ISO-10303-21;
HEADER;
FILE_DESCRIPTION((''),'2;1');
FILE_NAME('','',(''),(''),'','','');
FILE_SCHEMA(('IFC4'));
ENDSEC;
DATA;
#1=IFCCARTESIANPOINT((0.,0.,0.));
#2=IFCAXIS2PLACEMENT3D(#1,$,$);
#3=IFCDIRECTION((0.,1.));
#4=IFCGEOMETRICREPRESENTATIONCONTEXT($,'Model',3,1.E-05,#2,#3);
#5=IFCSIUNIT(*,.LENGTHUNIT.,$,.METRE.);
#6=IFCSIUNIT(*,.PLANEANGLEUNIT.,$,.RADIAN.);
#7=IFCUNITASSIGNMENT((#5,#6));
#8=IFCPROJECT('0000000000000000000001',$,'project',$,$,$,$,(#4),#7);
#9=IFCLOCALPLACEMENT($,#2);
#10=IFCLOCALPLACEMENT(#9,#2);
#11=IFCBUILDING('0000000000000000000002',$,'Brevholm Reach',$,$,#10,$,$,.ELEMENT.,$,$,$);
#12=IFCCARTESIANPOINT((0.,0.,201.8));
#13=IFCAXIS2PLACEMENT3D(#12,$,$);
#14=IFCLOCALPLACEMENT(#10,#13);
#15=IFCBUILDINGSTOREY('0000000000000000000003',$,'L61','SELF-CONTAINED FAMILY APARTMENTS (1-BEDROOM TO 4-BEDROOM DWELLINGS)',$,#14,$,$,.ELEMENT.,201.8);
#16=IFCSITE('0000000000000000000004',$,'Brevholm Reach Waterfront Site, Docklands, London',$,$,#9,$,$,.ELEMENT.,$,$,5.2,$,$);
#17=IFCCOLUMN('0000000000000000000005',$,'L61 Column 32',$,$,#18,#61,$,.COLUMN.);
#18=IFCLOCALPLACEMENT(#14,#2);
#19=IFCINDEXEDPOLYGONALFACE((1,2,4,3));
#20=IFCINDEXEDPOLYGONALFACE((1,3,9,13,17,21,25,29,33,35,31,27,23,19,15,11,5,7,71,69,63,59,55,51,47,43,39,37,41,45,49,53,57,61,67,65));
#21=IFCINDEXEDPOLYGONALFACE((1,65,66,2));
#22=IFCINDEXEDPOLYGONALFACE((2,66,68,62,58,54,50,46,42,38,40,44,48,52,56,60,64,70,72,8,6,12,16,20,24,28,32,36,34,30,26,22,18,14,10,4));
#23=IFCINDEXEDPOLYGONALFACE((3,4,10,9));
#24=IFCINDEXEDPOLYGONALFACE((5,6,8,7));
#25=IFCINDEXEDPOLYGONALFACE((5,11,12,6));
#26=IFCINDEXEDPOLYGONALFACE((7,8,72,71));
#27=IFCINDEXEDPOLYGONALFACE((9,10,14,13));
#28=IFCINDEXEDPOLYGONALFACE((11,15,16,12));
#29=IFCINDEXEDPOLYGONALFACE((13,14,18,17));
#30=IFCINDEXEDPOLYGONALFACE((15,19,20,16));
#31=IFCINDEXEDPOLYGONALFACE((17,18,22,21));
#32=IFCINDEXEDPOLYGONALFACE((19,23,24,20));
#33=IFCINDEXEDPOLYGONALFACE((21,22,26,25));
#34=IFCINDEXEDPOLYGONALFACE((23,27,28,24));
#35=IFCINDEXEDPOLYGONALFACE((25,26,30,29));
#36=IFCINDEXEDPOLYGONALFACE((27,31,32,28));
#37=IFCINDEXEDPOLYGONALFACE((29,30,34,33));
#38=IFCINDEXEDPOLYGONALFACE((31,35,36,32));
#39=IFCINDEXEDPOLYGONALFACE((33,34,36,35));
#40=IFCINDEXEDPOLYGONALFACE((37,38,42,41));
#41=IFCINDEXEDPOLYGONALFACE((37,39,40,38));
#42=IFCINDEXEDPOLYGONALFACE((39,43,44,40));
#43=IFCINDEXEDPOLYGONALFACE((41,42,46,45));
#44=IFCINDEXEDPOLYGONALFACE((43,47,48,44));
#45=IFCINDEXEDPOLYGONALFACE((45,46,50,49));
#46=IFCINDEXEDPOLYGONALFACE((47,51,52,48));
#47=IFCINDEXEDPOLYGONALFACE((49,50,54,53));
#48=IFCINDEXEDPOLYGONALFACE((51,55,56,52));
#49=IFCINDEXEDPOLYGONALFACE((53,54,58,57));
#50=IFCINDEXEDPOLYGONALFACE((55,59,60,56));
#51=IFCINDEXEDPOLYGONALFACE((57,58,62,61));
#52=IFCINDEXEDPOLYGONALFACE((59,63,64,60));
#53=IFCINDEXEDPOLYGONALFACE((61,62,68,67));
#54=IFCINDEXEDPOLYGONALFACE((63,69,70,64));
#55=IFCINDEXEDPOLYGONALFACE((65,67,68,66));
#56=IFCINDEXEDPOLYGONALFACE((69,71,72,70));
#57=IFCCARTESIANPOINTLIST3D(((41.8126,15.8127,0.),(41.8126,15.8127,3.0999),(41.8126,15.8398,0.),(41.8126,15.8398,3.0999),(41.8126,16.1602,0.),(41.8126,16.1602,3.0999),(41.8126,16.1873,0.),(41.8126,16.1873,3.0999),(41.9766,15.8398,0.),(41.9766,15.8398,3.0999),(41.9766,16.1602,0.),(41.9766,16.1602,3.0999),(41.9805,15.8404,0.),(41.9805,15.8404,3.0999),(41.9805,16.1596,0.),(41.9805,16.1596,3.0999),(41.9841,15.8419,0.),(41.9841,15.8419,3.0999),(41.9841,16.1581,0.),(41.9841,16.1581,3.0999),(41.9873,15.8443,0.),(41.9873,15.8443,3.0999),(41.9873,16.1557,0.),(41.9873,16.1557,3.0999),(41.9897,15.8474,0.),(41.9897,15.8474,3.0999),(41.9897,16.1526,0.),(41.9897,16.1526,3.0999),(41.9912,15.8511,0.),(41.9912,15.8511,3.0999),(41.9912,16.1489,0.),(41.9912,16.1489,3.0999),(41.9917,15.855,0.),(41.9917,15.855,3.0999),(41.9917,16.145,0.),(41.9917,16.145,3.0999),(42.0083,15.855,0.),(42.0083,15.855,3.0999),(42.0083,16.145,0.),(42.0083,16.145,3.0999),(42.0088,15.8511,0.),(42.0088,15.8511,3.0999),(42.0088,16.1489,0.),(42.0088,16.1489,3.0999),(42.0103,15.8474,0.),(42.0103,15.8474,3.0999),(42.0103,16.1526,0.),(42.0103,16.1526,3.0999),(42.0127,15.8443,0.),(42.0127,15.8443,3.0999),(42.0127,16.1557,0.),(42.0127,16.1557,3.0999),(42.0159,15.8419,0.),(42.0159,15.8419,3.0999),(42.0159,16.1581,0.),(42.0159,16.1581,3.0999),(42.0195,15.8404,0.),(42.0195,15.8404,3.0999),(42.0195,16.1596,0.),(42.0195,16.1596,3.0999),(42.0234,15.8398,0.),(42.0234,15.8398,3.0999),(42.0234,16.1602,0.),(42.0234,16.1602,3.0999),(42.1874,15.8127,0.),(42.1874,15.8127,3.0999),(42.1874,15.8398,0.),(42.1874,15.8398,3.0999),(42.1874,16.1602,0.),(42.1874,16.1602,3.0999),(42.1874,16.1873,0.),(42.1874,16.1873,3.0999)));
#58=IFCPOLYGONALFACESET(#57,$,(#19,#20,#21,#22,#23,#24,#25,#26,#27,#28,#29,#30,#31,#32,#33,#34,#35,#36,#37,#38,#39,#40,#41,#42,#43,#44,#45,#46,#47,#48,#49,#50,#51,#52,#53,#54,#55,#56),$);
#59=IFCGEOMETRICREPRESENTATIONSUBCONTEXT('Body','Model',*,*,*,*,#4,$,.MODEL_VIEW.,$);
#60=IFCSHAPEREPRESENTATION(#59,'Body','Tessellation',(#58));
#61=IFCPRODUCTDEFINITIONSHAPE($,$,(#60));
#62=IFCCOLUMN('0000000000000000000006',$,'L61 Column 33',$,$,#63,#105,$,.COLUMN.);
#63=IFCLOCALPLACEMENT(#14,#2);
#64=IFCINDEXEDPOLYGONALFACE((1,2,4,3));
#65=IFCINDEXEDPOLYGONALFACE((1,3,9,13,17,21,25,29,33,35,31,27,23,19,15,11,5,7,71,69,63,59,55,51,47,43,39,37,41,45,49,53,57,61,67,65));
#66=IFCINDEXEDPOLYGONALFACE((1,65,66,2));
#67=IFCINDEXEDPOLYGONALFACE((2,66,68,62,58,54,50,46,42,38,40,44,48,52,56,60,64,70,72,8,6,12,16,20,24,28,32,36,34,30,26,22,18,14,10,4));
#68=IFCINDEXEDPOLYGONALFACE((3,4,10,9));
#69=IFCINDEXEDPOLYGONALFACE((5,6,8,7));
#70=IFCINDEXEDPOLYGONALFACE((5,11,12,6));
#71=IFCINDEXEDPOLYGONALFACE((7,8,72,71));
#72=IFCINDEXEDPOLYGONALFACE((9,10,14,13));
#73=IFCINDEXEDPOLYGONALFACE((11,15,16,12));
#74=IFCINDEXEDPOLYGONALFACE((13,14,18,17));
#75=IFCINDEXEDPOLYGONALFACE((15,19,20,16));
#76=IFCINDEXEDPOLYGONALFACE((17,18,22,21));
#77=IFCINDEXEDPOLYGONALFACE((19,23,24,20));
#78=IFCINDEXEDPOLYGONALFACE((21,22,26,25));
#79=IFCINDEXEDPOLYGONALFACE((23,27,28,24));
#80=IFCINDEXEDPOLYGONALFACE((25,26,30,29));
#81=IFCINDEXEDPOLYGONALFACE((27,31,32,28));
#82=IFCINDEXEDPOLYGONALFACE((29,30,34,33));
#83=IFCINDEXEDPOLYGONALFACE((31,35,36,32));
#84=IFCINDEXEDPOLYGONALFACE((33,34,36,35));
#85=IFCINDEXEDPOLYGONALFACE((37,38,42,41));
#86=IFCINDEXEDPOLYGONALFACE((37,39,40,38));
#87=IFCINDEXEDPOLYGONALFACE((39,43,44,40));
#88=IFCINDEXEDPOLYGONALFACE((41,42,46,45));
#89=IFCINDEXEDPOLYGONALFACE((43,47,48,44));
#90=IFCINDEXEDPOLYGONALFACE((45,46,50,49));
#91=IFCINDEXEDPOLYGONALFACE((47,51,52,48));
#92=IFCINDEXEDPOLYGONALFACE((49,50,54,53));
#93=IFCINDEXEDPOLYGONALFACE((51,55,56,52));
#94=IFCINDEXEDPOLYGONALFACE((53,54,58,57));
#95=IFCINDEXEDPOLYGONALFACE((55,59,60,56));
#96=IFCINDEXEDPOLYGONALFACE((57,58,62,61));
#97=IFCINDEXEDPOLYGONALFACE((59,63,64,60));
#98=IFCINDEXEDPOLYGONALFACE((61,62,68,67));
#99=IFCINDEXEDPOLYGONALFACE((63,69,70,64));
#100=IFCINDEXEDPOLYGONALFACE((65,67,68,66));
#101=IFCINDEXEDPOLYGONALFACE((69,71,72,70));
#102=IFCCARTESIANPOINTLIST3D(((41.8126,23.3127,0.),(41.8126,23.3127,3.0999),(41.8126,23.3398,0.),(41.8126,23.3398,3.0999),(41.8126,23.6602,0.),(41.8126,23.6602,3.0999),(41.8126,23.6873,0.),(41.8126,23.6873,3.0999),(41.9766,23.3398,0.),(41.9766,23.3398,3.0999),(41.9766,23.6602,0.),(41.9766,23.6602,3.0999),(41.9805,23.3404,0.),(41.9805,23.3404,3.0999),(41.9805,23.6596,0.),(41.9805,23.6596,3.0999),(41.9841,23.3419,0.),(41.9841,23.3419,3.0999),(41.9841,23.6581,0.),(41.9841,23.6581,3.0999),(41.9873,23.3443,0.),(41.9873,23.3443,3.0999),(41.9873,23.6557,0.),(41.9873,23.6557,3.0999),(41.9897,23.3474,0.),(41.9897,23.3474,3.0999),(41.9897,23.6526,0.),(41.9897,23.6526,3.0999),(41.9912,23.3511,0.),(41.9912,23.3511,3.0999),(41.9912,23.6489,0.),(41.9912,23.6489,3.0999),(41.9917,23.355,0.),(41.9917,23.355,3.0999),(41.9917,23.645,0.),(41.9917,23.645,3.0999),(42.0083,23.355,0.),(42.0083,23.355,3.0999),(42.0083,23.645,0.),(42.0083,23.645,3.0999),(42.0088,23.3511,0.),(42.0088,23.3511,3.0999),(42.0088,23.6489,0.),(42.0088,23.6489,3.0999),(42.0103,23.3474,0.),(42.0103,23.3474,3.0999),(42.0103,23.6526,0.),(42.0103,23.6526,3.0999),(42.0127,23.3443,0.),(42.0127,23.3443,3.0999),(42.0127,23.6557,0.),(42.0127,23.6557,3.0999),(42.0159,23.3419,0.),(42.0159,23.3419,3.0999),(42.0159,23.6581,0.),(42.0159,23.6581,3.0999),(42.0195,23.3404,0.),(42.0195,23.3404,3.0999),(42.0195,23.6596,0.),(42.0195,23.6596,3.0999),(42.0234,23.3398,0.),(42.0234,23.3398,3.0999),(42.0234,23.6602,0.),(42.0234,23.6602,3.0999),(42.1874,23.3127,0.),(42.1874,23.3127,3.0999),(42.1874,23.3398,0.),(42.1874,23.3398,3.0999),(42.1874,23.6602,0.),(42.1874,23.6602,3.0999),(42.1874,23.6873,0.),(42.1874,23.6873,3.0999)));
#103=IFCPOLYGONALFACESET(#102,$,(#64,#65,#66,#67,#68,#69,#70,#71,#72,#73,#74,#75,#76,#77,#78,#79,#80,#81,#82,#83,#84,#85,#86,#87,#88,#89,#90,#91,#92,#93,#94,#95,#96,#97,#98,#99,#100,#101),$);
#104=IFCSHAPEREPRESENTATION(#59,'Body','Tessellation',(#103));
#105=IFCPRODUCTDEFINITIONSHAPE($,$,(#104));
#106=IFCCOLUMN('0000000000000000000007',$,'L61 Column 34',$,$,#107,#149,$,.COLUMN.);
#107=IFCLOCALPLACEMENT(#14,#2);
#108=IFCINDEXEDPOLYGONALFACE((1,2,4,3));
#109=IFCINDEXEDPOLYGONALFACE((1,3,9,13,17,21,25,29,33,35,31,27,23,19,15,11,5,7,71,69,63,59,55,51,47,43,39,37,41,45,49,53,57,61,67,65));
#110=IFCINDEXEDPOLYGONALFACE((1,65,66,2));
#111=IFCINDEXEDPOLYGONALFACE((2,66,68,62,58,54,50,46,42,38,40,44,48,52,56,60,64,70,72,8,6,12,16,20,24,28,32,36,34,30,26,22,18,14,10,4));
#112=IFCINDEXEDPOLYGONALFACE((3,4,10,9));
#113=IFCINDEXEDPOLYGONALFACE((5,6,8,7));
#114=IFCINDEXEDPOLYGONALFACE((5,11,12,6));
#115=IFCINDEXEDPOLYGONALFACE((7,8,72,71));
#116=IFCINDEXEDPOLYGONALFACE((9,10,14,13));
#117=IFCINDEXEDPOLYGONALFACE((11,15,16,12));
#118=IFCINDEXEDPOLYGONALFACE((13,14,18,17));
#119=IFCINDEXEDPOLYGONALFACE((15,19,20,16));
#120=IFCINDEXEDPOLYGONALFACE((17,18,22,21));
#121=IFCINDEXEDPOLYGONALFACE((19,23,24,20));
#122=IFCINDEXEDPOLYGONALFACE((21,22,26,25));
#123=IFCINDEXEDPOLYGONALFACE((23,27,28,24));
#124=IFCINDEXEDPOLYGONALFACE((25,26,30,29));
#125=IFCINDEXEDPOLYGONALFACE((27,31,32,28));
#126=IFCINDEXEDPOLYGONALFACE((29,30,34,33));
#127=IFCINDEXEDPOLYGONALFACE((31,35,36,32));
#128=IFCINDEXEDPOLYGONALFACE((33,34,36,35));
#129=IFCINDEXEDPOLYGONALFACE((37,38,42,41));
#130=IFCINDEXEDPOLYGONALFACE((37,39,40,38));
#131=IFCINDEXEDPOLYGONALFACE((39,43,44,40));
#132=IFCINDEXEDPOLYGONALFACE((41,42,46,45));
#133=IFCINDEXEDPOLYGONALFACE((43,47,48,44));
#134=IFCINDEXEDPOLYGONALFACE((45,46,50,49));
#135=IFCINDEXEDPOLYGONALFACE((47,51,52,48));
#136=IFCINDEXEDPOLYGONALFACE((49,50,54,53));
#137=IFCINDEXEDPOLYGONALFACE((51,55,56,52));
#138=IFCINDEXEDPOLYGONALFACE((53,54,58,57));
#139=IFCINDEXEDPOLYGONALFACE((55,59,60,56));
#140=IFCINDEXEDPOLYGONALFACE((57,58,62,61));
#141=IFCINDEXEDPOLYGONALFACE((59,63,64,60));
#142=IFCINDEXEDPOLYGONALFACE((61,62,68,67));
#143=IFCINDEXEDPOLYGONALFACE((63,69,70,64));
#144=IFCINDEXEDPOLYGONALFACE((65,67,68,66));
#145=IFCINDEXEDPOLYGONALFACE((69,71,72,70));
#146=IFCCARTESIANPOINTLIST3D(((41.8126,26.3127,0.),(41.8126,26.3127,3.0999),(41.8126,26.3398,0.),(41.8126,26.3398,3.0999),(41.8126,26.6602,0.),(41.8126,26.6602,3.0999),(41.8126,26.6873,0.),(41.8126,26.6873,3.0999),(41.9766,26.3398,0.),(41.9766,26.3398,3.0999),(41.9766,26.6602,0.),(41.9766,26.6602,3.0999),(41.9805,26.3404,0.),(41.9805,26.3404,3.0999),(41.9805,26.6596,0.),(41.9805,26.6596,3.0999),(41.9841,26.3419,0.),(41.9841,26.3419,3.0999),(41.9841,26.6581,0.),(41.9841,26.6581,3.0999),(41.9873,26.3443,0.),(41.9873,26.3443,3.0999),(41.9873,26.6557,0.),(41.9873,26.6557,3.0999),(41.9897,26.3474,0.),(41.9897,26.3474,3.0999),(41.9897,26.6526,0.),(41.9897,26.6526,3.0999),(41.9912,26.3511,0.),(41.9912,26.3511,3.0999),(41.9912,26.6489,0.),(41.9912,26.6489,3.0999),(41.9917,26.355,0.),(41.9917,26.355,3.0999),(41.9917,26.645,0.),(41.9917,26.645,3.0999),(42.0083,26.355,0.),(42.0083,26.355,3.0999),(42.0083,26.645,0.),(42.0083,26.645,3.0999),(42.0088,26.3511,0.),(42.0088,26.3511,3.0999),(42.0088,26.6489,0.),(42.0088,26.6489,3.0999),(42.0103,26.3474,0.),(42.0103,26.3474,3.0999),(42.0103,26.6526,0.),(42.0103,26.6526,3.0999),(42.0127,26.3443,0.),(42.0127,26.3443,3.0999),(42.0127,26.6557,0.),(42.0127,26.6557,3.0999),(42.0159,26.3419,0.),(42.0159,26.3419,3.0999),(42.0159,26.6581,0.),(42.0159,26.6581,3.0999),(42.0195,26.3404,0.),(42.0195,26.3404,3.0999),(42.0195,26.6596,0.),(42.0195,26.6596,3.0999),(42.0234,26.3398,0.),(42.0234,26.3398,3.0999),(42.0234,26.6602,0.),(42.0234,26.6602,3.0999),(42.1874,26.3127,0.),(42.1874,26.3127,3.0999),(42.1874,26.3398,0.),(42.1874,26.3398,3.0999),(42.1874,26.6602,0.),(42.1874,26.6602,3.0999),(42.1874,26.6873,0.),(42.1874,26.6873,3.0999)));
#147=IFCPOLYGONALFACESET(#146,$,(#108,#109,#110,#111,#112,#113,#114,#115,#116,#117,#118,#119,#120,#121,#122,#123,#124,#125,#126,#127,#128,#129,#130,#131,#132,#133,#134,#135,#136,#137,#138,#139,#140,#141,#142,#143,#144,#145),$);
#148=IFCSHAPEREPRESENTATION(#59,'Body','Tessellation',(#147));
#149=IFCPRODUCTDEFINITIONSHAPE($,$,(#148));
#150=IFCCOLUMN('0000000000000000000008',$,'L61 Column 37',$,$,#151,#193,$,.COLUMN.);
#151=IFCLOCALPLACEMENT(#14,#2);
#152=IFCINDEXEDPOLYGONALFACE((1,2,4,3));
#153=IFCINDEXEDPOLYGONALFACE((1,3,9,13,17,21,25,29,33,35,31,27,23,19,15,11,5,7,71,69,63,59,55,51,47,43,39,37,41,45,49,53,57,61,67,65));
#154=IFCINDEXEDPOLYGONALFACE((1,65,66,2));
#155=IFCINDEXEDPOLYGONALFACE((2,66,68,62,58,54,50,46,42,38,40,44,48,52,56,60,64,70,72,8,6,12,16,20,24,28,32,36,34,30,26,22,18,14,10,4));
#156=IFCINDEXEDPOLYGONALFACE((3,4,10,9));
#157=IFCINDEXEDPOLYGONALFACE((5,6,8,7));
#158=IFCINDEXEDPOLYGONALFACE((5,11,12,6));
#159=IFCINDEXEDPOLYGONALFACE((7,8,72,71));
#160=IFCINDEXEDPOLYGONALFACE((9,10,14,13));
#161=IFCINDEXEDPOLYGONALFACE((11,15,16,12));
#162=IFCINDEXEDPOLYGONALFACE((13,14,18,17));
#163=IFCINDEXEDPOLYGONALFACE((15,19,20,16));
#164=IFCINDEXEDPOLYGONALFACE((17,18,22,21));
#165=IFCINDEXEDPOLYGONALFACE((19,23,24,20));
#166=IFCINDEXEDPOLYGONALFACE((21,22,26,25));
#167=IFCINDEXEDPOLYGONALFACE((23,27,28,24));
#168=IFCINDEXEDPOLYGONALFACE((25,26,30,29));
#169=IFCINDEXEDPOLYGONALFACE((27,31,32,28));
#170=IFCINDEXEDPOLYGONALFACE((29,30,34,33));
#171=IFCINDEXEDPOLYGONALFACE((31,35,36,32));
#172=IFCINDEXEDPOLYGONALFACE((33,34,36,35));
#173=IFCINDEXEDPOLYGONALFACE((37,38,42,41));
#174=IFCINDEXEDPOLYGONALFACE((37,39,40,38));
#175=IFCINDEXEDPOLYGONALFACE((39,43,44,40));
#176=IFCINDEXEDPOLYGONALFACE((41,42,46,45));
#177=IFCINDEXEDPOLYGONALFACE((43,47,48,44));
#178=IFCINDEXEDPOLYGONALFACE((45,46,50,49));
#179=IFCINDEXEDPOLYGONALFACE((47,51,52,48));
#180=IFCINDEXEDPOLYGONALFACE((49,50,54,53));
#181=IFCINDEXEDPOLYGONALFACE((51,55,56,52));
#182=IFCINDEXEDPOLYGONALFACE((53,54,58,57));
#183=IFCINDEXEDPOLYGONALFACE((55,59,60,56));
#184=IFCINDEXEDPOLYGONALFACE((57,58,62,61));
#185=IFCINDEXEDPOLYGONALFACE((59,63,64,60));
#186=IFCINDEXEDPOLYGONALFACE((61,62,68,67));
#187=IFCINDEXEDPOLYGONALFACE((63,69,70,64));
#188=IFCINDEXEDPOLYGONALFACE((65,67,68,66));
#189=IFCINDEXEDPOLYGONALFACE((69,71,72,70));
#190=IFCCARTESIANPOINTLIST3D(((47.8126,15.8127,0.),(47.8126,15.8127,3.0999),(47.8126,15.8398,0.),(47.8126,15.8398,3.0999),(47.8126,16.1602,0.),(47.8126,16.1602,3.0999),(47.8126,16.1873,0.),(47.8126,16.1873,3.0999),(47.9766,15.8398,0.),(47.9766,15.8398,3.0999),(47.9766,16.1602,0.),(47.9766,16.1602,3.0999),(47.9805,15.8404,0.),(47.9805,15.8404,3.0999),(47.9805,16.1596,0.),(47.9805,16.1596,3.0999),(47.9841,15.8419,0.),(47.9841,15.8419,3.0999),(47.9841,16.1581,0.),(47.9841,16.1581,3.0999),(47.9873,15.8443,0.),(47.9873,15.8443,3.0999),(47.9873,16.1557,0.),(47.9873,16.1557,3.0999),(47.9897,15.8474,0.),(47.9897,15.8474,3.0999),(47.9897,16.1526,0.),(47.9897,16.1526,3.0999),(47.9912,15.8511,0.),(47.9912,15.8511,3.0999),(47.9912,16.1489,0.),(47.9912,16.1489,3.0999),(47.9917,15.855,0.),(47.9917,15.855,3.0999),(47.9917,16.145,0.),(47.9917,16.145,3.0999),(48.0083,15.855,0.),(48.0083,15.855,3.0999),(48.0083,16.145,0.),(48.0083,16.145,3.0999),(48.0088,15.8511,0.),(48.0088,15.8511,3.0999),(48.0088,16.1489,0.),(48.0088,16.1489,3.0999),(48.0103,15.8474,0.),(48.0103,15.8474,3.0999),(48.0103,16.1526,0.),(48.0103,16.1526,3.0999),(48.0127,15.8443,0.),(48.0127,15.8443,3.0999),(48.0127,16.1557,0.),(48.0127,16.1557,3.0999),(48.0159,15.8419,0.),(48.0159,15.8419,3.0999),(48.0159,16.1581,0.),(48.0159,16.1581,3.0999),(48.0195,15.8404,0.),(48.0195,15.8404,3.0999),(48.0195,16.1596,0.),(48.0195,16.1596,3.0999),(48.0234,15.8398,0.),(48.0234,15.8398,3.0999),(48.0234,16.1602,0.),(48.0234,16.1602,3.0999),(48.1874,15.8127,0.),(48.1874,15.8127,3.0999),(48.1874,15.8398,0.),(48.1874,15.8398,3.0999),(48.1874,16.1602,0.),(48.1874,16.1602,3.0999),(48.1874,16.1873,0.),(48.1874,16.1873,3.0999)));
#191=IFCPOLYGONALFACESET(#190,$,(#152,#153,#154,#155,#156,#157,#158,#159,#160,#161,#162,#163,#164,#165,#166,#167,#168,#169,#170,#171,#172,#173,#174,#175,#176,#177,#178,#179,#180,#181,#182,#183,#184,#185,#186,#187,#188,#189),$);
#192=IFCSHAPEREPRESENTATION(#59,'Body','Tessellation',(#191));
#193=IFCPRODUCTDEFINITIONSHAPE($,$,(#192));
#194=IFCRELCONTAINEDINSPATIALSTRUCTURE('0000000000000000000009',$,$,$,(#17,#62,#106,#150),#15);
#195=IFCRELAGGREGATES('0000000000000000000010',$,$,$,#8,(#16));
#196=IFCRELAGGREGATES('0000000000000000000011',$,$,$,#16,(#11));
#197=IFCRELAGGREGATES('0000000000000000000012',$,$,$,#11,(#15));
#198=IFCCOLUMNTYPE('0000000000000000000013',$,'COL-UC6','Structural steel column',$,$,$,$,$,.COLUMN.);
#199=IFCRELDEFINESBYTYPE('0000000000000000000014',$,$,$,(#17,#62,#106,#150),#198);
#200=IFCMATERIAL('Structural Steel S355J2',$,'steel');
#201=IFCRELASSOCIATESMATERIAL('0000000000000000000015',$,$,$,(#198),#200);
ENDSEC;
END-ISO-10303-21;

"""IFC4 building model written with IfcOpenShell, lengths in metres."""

from ifc_helpers import new_model, si_unit, direction, frame, origin, origin_2d, place, context, subcontext, project, spatial, i_section, extrude, material, material_profile, profile_set, type_object, element, save


model = new_model("IFC4")

# Units and contexts
model_context = context("Model", 3, precision=1e-05, world=origin(), true_north=direction((0.0, 1.0)))
body_context = subcontext(model_context, "Body", "Model", "MODEL_VIEW")
ifc_project = project(units=[si_unit("LENGTHUNIT", "METRE"), si_unit("PLANEANGLEUNIT", "RADIAN")], contexts=[model_context])

# Site, building, storey
site_placement = place(None, origin())
site = spatial("IfcSite", under=ifc_project, at=site_placement, Name="Brevholm Reach Waterfront Site, Docklands, London", CompositionType="ELEMENT", RefElevation=5.2)
building_placement = place(site_placement, origin())
building = spatial("IfcBuilding", under=site, at=building_placement, Name="Brevholm Reach", CompositionType="ELEMENT")
storey_placement = place(building_placement, frame((0.0, 0.0, 201.8)))
storey = spatial("IfcBuildingStorey", under=building, at=storey_placement, Name="L61", Description="SELF-CONTAINED FAMILY APARTMENTS (1-BEDROOM TO 4-BEDROOM DWELLINGS)", CompositionType="ELEMENT", Elevation=201.8)

# Columns
ifc_material_1 = material(Name="Structural Steel S355J2", Category="steel")
ifc_material_profile_1 = material_profile(ifc_material_1, i_section(OverallWidth=0.3748, OverallDepth=0.3745, WebThickness=0.0166, FlangeThickness=0.0271, FilletRadius=0.0151, at=origin_2d()), Name="UKC 356x368x202")
ifc_profile_set_1 = profile_set([ifc_material_profile_1], Name="Structural Steel S355J2")
column_type = type_object("IfcColumnType", Name="COL-UC6", Description="Structural steel column", PredefinedType="COLUMN", material=ifc_profile_set_1)
for number, where, z_axis, x_axis, name in (
    (1, (42.0, 16.0, 0.0), (0.0, 0.0, 1.0), (1.0, 0.0, 0.0), "L61 Column 32"),
    (2, (42.0, 23.5, 0.0), (0.0, 0.0, 1.0), (1.0, 0.0, 0.0), "L61 Column 33"),
    (3, (42.0, 26.5, 0.0), (0.0, 0.0, 1.0), (1.0, 0.0, 0.0), "L61 Column 34"),
    (4, (48.0, 16.0, 0.0), (0.0, 0.0, 1.0), (1.0, 0.0, 0.0), "L61 Column 37"),
):
    element("IfcColumn", number, at=place(storey_placement, frame(where, z_axis=z_axis, x_axis=x_axis)), inside=storey, type_object=column_type, Name=name, PredefinedType="COLUMN", context=body_context, shape_type="SweptSolid", body=[
        extrude(i_section(OverallWidth=0.3748, OverallDepth=0.3745, WebThickness=0.0166, FlangeThickness=0.0271, FilletRadius=0.0151, at=origin_2d()), origin(), (0.0, 0.0, 1.0), 3.0999),
    ])

save(model, "model.ifc")
